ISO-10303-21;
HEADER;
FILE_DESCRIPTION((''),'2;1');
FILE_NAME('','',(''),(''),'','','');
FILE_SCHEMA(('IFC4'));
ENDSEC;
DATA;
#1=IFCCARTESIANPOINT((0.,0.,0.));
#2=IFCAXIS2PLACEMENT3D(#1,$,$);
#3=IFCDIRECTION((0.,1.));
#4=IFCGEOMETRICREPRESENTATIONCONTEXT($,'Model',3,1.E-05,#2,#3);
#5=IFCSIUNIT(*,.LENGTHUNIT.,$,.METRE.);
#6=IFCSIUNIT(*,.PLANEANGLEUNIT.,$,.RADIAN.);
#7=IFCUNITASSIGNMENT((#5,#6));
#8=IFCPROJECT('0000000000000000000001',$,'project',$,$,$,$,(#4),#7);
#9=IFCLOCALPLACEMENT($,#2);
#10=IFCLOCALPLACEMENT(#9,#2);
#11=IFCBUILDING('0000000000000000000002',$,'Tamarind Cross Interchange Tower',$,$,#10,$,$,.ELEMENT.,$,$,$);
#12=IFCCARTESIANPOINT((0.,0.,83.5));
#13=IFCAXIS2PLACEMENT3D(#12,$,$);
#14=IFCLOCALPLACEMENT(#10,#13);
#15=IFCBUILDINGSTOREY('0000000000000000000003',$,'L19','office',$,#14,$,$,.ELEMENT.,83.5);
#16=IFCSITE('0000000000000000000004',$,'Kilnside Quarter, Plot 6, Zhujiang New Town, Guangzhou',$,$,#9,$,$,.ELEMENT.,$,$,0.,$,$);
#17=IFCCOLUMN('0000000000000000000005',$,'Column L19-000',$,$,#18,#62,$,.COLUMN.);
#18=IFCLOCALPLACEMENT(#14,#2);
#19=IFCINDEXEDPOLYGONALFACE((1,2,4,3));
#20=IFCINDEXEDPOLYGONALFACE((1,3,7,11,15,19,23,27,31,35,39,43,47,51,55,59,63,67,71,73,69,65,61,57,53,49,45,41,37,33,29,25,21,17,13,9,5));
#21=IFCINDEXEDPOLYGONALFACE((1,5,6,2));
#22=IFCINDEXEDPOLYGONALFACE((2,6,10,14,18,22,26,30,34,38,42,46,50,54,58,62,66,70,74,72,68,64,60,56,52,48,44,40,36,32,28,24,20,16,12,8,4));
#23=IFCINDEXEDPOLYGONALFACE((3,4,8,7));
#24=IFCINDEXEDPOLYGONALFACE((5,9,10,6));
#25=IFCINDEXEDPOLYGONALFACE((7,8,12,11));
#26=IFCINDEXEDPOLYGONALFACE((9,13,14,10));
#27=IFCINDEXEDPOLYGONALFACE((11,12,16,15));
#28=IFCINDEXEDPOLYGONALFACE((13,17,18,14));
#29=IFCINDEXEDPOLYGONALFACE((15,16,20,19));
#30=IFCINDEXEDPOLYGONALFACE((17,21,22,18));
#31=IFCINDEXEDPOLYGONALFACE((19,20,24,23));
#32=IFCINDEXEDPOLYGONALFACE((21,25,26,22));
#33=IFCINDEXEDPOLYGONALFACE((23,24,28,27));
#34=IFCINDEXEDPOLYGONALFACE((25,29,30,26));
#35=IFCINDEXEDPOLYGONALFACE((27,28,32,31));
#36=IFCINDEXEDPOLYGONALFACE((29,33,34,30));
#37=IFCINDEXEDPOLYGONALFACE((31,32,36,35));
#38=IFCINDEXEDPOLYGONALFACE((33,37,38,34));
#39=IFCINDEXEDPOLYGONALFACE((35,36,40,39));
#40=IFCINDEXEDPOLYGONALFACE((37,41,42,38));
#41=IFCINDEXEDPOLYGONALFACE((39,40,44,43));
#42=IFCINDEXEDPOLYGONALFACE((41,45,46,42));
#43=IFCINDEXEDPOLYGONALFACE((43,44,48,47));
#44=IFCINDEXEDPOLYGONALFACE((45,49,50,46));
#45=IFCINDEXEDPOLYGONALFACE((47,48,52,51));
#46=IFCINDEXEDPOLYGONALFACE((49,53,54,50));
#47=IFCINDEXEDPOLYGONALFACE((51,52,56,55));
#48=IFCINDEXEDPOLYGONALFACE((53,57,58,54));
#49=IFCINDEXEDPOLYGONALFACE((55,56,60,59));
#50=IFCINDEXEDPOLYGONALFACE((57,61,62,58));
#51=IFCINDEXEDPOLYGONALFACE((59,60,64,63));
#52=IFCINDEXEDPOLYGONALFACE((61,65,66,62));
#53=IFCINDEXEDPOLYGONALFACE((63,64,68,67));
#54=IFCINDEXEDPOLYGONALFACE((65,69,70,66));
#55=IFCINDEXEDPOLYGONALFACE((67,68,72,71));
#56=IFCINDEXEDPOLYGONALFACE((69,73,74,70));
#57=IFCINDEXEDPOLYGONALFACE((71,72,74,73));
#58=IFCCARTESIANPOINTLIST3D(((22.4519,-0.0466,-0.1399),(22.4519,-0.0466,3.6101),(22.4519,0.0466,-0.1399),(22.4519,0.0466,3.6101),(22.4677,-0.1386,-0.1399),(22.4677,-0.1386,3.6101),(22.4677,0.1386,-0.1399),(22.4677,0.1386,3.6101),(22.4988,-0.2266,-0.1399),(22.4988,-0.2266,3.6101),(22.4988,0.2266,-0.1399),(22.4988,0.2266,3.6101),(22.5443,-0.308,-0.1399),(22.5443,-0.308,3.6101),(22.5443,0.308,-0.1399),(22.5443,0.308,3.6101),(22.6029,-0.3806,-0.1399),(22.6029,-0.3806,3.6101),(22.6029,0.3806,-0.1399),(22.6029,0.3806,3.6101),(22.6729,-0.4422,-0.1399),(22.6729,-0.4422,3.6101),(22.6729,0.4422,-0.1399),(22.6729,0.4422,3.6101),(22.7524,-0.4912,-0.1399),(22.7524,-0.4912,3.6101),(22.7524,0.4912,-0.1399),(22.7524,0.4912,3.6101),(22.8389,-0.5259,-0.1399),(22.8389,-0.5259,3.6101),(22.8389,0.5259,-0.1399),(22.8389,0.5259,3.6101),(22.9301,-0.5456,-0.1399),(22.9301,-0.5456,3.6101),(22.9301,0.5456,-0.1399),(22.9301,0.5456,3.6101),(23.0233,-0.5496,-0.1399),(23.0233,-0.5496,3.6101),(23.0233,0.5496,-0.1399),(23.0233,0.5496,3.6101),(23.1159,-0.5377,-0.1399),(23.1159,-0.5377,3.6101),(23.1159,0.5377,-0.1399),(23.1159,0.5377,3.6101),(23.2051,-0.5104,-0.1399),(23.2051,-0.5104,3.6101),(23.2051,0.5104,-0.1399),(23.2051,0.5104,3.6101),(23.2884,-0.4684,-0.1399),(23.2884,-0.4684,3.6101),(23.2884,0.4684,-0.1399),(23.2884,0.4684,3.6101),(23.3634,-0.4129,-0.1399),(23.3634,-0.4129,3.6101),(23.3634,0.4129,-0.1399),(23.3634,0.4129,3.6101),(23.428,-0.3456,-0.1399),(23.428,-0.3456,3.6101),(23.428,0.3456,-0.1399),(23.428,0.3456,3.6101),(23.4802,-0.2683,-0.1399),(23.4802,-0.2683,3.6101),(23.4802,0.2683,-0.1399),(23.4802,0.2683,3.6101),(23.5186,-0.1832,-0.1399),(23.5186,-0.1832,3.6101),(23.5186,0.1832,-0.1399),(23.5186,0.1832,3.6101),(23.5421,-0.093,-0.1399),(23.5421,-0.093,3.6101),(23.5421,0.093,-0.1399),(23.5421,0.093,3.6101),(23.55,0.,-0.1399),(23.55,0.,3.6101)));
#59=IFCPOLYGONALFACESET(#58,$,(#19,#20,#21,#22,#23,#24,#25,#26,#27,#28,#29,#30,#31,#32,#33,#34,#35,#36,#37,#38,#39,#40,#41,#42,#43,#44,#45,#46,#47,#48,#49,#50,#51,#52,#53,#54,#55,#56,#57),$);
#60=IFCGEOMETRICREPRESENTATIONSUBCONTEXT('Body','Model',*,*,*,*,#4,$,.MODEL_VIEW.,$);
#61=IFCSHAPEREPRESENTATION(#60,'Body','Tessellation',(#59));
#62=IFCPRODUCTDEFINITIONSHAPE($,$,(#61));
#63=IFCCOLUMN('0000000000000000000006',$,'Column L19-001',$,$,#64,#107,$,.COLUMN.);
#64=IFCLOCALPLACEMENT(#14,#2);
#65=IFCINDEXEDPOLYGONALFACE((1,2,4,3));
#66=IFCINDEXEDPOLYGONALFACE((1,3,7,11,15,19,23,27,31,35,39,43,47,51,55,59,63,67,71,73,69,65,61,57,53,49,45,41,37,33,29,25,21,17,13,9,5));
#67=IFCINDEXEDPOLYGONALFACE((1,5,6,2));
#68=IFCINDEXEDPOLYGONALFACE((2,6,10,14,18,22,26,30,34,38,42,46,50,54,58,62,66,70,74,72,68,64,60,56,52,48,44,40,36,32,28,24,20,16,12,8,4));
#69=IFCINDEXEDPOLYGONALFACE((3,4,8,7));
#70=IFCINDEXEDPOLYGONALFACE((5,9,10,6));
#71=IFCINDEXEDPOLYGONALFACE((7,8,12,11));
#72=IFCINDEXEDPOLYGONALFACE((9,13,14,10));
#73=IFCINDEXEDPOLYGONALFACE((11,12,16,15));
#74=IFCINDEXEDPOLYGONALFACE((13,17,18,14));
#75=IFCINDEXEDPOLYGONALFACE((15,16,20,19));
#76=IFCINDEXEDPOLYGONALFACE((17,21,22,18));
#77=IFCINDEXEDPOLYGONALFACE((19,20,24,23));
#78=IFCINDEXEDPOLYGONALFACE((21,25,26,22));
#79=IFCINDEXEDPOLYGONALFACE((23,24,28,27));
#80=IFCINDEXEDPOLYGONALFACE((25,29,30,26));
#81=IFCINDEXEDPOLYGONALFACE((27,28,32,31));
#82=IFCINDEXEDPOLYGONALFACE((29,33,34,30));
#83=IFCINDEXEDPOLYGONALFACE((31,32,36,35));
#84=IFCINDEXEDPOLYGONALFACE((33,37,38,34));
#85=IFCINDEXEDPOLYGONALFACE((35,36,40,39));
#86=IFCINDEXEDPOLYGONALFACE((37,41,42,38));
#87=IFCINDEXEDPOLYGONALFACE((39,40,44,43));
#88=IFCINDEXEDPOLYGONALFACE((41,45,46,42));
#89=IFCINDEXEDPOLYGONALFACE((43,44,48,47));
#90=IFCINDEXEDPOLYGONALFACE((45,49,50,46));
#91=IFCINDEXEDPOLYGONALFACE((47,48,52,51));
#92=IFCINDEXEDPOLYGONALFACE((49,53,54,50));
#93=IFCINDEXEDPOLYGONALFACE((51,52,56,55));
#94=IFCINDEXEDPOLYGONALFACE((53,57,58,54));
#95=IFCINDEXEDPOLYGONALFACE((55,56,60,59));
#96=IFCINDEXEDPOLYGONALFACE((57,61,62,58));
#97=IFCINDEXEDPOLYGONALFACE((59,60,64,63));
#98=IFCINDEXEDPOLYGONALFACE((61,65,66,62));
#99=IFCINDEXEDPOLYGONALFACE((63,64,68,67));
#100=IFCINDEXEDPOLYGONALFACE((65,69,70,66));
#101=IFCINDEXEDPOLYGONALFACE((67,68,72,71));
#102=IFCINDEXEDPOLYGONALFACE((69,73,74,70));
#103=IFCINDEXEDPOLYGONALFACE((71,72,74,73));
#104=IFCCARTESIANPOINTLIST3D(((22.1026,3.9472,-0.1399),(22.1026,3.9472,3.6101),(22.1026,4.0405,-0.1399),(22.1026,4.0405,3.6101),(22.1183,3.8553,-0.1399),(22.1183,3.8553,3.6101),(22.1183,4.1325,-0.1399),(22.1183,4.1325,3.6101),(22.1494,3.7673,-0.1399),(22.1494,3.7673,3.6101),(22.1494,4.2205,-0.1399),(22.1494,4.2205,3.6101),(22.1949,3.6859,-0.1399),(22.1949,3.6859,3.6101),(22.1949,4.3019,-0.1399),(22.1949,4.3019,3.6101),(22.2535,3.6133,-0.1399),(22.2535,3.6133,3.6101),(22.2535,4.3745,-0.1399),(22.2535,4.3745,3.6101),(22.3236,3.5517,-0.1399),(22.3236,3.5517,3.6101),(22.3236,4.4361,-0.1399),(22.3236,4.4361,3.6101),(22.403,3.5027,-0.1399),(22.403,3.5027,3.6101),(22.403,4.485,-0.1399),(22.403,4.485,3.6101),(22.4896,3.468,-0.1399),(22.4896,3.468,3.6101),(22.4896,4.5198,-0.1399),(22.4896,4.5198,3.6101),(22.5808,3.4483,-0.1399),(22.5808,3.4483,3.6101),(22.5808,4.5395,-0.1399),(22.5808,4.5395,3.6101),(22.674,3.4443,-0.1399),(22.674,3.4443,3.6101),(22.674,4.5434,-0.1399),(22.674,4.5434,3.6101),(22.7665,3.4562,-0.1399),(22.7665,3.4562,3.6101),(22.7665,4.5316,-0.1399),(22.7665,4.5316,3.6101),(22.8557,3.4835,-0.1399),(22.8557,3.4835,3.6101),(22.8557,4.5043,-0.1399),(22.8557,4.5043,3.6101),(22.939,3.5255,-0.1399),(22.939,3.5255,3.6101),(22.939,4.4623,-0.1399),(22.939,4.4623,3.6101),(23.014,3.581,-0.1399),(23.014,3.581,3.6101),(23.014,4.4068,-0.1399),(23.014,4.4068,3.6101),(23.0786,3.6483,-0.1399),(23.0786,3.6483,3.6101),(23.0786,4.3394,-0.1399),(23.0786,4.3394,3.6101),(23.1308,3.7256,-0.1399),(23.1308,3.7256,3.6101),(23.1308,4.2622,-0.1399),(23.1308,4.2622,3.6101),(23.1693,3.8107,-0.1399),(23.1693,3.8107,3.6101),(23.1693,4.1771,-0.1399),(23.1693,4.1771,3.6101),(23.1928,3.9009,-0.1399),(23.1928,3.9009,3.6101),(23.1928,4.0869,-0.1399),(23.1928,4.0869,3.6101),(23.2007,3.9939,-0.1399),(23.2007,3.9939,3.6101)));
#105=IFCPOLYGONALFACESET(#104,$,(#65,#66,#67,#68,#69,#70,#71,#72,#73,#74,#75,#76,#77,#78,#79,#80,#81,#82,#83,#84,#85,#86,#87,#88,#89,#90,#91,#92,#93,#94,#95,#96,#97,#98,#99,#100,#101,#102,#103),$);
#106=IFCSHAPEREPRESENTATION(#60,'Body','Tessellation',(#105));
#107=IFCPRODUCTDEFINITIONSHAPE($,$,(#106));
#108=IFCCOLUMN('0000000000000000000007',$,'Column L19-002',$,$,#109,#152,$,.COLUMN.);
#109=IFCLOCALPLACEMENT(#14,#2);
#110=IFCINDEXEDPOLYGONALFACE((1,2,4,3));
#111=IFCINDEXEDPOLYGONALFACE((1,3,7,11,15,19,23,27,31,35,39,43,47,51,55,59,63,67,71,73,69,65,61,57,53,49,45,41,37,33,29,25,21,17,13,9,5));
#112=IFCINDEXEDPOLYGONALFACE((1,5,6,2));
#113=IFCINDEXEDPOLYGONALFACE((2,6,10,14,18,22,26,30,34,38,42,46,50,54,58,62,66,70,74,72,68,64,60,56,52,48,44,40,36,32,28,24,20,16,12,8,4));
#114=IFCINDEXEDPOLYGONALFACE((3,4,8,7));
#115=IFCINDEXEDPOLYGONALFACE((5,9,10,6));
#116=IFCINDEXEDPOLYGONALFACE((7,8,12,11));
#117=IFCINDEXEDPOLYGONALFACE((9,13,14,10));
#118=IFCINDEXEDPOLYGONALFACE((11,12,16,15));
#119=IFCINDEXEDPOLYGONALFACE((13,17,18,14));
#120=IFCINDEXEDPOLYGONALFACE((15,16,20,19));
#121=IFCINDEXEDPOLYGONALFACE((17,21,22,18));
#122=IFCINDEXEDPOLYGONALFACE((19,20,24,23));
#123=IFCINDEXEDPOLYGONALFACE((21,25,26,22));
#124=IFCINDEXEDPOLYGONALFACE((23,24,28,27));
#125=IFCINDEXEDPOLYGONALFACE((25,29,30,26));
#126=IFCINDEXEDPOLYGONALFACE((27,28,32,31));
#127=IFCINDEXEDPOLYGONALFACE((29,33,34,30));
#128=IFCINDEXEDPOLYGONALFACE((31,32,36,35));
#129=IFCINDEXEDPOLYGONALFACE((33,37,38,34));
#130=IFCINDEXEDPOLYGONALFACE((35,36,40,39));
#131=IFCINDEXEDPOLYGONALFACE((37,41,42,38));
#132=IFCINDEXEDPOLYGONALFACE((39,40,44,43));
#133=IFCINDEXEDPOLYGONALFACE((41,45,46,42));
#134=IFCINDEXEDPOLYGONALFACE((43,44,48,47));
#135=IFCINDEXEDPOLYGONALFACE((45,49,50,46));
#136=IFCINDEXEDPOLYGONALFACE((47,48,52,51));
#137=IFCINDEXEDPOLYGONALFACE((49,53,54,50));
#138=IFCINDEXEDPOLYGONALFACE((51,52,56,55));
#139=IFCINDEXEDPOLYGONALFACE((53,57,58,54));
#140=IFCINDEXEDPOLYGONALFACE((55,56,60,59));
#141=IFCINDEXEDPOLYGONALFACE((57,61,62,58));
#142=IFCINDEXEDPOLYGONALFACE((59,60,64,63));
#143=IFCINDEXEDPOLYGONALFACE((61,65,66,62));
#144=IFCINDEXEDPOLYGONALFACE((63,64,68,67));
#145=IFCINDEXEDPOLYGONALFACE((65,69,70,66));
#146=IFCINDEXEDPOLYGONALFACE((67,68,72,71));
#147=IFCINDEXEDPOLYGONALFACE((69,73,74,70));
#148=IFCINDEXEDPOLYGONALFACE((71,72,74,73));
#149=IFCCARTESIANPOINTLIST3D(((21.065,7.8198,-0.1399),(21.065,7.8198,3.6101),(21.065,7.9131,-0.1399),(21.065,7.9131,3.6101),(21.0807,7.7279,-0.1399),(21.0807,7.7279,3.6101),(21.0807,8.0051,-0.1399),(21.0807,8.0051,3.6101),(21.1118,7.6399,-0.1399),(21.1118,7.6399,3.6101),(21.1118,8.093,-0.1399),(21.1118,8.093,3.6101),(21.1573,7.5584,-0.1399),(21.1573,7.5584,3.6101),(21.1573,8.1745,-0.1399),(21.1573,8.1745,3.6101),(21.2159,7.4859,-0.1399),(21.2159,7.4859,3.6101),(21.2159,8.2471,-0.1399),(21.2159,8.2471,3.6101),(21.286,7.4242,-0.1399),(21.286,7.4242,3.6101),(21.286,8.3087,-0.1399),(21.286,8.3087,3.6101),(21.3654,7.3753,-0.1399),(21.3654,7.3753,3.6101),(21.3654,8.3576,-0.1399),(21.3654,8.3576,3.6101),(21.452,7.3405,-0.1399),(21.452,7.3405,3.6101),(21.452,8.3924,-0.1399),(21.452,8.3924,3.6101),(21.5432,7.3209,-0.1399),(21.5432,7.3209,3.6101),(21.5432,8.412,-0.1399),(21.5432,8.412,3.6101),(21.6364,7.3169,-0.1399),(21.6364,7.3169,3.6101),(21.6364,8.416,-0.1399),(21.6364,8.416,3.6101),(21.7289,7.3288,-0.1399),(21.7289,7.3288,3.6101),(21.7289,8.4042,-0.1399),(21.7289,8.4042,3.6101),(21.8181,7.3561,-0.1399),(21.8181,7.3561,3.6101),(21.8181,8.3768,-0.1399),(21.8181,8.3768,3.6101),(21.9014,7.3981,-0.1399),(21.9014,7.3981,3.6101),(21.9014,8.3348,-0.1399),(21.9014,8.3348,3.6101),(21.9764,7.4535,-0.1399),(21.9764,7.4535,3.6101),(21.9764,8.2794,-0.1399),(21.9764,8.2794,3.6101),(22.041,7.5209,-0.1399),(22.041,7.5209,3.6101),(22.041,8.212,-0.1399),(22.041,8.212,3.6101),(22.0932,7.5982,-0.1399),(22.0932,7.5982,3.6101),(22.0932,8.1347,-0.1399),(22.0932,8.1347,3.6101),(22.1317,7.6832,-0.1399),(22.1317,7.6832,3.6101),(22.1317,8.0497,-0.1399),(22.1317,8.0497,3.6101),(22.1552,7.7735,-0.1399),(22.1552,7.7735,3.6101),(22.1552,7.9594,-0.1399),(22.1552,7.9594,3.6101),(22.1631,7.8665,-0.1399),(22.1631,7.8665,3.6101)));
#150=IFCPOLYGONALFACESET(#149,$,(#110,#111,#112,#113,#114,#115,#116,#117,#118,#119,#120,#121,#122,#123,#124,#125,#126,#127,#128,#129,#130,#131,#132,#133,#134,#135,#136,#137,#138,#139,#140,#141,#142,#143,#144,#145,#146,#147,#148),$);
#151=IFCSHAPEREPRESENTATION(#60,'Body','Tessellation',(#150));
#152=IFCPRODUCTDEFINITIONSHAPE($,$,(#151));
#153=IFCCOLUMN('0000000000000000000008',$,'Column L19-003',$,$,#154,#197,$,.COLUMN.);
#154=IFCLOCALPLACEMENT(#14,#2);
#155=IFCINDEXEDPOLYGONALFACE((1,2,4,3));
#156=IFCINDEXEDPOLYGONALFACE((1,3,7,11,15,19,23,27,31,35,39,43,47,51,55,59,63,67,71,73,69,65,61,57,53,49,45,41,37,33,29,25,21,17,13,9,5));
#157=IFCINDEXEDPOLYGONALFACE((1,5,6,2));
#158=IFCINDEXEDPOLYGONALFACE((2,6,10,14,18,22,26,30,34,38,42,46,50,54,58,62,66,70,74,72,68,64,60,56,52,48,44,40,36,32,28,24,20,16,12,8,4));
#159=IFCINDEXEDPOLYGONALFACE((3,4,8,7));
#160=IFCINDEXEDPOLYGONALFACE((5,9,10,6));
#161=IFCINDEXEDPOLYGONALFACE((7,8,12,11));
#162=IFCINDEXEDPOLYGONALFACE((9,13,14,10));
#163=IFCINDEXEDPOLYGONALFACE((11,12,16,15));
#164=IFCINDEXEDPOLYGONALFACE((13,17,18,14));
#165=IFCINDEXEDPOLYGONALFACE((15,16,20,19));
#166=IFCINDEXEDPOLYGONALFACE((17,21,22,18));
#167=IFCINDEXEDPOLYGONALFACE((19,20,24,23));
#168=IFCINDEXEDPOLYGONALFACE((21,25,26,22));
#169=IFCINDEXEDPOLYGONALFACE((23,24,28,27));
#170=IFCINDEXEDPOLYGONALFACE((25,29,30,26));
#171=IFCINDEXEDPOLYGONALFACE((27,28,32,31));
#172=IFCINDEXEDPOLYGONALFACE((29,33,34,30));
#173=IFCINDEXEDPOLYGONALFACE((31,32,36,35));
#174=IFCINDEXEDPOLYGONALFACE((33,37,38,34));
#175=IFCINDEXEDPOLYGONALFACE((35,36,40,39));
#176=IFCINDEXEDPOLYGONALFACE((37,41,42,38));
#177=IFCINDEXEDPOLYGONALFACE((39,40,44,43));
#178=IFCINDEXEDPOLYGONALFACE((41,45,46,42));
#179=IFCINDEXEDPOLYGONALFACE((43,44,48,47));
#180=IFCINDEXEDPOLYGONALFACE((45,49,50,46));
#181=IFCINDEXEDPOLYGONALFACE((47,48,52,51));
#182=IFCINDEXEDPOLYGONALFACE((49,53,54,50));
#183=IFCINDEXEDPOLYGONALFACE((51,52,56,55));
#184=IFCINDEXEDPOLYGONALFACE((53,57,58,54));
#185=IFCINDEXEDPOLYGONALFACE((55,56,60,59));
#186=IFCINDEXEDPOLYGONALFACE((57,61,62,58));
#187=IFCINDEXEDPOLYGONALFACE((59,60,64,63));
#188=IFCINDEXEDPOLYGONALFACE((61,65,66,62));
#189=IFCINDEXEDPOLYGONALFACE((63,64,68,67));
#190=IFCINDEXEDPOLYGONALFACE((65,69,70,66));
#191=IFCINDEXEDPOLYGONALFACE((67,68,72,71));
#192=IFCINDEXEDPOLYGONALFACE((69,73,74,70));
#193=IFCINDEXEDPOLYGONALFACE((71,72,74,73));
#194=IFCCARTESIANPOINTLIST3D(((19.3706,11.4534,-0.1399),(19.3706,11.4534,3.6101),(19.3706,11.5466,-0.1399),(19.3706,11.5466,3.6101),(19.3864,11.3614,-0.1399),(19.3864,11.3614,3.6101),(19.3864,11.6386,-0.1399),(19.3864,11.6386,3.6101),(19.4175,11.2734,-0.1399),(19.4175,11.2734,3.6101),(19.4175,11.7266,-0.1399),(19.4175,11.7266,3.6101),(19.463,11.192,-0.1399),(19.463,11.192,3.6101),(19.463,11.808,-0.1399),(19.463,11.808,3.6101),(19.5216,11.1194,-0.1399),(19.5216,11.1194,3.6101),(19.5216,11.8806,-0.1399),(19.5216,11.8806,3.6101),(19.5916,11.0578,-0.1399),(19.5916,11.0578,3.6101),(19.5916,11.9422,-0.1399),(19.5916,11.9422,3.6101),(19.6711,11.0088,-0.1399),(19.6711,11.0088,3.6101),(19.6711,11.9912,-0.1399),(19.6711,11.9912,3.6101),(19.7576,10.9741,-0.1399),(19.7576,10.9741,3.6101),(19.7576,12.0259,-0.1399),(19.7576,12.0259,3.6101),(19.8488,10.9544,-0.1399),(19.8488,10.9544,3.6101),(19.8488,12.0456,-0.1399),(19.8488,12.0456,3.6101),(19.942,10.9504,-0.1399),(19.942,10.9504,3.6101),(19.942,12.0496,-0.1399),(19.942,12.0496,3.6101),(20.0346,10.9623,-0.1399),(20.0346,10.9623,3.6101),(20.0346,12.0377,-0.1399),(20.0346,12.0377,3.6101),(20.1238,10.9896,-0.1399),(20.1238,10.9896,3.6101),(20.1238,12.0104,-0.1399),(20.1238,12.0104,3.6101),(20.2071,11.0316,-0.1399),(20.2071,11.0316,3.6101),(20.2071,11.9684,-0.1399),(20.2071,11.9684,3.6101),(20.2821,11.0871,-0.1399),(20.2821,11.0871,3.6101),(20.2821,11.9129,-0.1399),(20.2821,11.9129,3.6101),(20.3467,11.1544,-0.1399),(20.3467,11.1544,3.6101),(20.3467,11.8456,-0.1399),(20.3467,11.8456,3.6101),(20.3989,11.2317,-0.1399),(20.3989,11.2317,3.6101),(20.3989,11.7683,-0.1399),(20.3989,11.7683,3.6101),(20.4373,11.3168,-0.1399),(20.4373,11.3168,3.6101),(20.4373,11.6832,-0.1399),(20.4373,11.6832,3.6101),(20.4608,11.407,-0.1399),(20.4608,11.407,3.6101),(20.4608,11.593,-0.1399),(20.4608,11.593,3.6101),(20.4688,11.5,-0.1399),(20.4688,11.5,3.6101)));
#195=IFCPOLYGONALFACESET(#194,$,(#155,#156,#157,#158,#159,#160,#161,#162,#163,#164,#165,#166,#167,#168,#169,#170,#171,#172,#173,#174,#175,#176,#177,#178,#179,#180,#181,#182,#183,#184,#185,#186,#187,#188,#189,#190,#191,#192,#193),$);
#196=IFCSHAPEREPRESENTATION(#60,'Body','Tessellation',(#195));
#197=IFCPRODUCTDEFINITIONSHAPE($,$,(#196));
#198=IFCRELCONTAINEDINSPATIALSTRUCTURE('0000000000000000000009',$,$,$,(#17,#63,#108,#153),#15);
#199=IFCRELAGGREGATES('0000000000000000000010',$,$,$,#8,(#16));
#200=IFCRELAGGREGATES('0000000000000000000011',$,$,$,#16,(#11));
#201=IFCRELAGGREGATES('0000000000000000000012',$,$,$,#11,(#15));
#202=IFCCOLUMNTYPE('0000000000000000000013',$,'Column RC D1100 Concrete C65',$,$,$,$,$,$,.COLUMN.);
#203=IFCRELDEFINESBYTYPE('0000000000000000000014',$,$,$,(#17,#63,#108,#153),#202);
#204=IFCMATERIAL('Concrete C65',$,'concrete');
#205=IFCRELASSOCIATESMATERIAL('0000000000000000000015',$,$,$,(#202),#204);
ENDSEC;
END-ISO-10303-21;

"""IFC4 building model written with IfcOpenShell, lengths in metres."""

from ifc_helpers import new_model, si_unit, direction, frame, origin, origin_2d, place, context, subcontext, project, spatial, circle, extrude, material, material_profile, profile_set, type_object, element, save


model = new_model("IFC4")

# Units and contexts
model_context = context("Model", 3, precision=1e-05, world=origin(), true_north=direction((0.0, 1.0)))
body_context = subcontext(model_context, "Body", "Model", "MODEL_VIEW")
ifc_project = project(units=[si_unit("LENGTHUNIT", "METRE"), si_unit("PLANEANGLEUNIT", "RADIAN")], contexts=[model_context])

# Site, building, storey
site_placement = place(None, origin())
site = spatial("IfcSite", under=ifc_project, at=site_placement, Name="Kilnside Quarter, Plot 6, Zhujiang New Town, Guangzhou", CompositionType="ELEMENT", RefElevation=0.0)
building_placement = place(site_placement, origin())
building = spatial("IfcBuilding", under=site, at=building_placement, Name="Tamarind Cross Interchange Tower", CompositionType="ELEMENT")
storey_placement = place(building_placement, frame((0.0, 0.0, 83.5)))
storey = spatial("IfcBuildingStorey", under=building, at=storey_placement, Name="L19", Description="office", CompositionType="ELEMENT", Elevation=83.5)

# Columns
ifc_material_1 = material(Name="Concrete C65", Category="concrete")
ifc_material_profile_1 = material_profile(ifc_material_1, circle(Radius=0.55, at=origin_2d()), Name="RC D1100")
ifc_profile_set_1 = profile_set([ifc_material_profile_1], Name="Concrete C65")
column_type = type_object("IfcColumnType", Name="Column RC D1100 Concrete C65", PredefinedType="COLUMN", material=ifc_profile_set_1)
for number, where, z_axis, x_axis, name in (
    (1, (23.0, 0.0, -0.1399), (0.0, 0.0, 1.0), (1.0, 0.0, 0.0), "Column L19-000"),
    (2, (22.6506, 3.9939, -0.1399), (0.0, 0.0, 1.0), (1.0, 0.0, 0.0), "Column L19-001"),
    (3, (21.613, 7.8665, -0.1399), (0.0, 0.0, 1.0), (1.0, 0.0, 0.0), "Column L19-002"),
    (4, (19.9187, 11.5, -0.1399), (0.0, 0.0, 1.0), (1.0, 0.0, 0.0), "Column L19-003"),
):
    element("IfcColumn", number, at=place(storey_placement, frame(where, z_axis=z_axis, x_axis=x_axis)), inside=storey, type_object=column_type, Name=name, PredefinedType="COLUMN", context=body_context, shape_type="SweptSolid", body=[
        extrude(circle(Radius=0.55, at=origin_2d()), origin(), (0.0, 0.0, 1.0), 3.75),
    ])

save(model, "model.ifc")
